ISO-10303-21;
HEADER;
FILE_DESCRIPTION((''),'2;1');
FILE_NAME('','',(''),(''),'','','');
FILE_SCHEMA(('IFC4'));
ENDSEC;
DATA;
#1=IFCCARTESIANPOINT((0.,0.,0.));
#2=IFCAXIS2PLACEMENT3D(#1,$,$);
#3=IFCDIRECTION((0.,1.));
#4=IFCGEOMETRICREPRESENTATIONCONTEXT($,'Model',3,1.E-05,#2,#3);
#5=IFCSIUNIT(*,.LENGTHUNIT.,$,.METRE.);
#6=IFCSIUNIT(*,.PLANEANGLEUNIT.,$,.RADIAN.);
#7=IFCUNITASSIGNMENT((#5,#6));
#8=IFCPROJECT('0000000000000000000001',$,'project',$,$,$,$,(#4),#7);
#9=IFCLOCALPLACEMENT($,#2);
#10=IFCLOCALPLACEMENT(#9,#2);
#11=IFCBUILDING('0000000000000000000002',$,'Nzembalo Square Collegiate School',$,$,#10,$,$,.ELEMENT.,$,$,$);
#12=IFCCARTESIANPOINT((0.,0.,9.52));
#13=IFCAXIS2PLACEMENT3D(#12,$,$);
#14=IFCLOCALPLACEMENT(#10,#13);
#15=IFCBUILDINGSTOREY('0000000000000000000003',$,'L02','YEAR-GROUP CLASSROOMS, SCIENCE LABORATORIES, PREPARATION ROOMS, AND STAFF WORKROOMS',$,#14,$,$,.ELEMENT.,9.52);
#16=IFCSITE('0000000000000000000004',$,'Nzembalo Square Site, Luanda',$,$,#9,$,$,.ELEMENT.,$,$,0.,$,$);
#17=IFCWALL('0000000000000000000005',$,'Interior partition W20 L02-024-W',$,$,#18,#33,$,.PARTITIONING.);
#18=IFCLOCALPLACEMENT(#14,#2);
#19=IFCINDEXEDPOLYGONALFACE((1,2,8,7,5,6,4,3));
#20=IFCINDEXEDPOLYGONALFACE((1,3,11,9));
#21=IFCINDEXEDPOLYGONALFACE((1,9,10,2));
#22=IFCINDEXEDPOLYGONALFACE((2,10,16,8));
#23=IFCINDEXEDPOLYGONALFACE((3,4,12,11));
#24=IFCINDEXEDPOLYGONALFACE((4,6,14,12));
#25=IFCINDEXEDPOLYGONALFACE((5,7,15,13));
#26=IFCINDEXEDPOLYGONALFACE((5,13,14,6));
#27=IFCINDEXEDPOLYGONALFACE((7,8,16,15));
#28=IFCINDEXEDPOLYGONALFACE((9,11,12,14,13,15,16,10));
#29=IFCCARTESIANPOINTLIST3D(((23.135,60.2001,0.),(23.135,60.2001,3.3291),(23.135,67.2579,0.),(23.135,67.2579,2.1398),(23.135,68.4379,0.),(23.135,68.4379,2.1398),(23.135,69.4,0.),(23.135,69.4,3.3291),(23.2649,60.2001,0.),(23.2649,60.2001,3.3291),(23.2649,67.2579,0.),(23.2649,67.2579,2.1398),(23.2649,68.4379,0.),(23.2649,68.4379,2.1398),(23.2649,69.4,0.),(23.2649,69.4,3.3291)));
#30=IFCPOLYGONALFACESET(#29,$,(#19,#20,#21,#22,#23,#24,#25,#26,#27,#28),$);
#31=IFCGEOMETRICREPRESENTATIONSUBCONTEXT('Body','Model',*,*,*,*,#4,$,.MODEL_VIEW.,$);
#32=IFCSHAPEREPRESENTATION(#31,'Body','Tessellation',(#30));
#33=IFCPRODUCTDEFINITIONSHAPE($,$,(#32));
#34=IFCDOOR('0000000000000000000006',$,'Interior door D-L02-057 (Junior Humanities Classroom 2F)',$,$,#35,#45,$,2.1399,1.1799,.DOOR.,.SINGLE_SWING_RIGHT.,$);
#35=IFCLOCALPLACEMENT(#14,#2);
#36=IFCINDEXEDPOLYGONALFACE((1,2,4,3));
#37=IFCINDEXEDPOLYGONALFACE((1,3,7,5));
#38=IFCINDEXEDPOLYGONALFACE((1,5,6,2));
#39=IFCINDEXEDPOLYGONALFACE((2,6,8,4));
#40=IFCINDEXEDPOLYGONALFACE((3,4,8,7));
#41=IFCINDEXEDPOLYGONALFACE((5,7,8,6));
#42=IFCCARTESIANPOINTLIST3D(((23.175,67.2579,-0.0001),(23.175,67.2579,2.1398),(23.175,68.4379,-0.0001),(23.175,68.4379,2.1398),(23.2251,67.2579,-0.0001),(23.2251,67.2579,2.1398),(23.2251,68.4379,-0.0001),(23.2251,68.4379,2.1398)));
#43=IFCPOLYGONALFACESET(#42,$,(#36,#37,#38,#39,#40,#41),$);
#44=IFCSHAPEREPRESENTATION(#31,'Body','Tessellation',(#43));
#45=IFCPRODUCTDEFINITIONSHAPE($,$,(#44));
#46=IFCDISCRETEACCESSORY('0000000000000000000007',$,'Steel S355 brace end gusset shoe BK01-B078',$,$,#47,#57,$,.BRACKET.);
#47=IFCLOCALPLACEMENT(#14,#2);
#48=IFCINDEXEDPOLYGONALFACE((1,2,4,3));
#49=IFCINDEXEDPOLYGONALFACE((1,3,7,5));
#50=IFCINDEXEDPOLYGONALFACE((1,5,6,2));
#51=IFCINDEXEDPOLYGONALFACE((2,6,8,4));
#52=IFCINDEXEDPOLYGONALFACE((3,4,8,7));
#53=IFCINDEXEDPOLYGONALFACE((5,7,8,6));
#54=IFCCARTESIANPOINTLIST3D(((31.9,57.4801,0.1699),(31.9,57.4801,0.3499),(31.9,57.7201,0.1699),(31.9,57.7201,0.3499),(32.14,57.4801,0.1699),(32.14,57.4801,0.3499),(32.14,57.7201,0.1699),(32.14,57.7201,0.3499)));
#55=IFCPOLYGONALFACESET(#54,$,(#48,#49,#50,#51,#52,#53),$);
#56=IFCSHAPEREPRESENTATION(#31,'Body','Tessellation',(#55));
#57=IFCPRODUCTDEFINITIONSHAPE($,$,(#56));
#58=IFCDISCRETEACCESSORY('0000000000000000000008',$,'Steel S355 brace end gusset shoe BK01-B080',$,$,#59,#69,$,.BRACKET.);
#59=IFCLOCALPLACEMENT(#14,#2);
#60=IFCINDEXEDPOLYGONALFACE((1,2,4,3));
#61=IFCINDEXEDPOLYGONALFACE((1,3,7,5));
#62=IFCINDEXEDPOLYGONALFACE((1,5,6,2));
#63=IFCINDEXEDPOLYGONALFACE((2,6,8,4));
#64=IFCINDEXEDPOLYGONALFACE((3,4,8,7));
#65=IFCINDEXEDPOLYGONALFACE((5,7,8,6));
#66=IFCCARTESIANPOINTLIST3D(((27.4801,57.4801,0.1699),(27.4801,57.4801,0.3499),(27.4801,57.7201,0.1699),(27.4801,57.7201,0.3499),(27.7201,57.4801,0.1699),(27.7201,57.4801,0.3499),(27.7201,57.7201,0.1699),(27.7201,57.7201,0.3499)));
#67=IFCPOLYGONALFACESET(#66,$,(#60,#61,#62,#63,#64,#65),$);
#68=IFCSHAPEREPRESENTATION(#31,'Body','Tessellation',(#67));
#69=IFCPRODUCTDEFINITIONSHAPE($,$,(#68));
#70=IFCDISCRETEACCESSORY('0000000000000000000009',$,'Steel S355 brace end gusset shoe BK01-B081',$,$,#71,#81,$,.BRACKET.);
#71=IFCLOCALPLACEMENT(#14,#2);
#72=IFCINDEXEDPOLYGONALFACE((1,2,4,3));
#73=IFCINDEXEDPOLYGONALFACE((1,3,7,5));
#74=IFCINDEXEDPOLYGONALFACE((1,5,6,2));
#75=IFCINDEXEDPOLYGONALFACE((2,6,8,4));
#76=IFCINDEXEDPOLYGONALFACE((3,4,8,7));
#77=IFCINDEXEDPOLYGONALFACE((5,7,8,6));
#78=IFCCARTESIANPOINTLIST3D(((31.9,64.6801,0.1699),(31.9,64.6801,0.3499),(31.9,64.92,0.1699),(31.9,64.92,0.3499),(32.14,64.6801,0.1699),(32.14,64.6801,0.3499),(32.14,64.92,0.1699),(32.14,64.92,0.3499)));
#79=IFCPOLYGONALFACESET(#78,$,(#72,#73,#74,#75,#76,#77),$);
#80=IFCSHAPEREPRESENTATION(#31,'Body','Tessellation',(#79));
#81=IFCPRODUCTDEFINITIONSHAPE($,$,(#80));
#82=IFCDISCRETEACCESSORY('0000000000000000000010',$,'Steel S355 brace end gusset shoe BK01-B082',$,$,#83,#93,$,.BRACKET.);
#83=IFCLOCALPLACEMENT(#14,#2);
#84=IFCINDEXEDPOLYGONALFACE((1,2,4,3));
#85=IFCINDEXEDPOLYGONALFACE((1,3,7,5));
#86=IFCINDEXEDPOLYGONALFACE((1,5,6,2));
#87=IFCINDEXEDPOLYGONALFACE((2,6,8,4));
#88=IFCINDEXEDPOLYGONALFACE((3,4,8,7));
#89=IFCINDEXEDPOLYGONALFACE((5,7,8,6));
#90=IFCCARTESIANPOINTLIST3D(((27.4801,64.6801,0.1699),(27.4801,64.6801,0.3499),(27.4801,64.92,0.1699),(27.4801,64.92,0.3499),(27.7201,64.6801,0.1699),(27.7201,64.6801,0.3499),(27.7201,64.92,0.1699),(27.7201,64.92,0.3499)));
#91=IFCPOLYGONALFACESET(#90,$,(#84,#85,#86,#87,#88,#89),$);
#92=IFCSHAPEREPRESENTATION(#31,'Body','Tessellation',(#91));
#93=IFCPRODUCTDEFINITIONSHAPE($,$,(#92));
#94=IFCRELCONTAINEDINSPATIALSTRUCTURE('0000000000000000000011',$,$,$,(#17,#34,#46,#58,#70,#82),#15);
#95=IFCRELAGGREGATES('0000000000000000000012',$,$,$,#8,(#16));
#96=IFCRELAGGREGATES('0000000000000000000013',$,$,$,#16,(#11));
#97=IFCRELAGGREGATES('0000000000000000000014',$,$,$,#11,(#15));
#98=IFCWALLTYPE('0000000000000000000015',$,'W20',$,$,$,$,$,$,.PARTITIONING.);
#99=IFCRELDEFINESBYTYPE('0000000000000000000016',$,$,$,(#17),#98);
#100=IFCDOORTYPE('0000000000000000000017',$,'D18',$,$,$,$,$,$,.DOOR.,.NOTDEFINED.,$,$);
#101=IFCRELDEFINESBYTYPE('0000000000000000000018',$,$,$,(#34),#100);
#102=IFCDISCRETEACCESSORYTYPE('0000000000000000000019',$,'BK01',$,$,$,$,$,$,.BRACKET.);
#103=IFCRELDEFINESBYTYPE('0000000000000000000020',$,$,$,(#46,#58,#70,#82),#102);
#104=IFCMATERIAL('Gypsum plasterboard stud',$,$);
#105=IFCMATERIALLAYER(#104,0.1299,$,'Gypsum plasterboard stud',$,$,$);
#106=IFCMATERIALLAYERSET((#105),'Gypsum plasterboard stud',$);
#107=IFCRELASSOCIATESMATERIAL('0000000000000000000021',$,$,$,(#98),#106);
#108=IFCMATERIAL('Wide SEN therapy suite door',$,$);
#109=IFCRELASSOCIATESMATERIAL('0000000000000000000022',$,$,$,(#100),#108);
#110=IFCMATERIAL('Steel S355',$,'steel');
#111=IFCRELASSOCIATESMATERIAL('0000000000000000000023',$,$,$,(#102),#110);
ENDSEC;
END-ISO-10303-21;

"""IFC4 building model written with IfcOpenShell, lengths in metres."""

from ifc_helpers import new_model, si_unit, direction, frame, frame_2d, origin, origin_2d, place, context, subcontext, project, spatial, rectangle, extrude, material, layer, layer_set, type_object, element, fill, save


model = new_model("IFC4")

# Units and contexts
model_context = context("Model", 3, precision=1e-05, world=origin(), true_north=direction((0.0, 1.0)))
body_context = subcontext(model_context, "Body", "Model", "MODEL_VIEW")
ifc_project = project(units=[si_unit("LENGTHUNIT", "METRE"), si_unit("PLANEANGLEUNIT", "RADIAN")], contexts=[model_context])

# Site, building, storey
site_placement = place(None, origin())
site = spatial("IfcSite", under=ifc_project, at=site_placement, Name="Nzembalo Square Site, Luanda", CompositionType="ELEMENT", RefElevation=0.0)
building_placement = place(site_placement, origin())
building = spatial("IfcBuilding", under=site, at=building_placement, Name="Nzembalo Square Collegiate School", CompositionType="ELEMENT")
storey_placement = place(building_placement, frame((0.0, 0.0, 9.52)))
storey = spatial("IfcBuildingStorey", under=building, at=storey_placement, Name="L02", Description="YEAR-GROUP CLASSROOMS, SCIENCE LABORATORIES, PREPARATION ROOMS, AND STAFF WORKROOMS", CompositionType="ELEMENT", Elevation=9.52)

# Wall, opening, door
ifc_material_1 = material(Name="Gypsum plasterboard stud")
ifc_layer_1 = layer(ifc_material_1, 0.1299, Name="Gypsum plasterboard stud")
ifc_layer_set_1 = layer_set([ifc_layer_1], Name="Gypsum plasterboard stud")
wall_type = type_object("IfcWallType", Name="W20", PredefinedType="PARTITIONING", material=ifc_layer_set_1)
wall_placement = place(storey_placement, frame((23.2, 60.2, 0.0), z_axis=(0.0, 0.0, 1.0), x_axis=(0.0, 1.0, 0.0)))
wall = element("IfcWall", 1, at=wall_placement, inside=storey, type_object=wall_type, Name="Interior partition W20 L02-024-W", PredefinedType="PARTITIONING", context=body_context, shape_type="SweptSolid", body=[
    extrude(rectangle(XDim=9.2, YDim=0.1299, at=frame_2d((4.6001, 0.0))), origin(), (0.0, 0.0, 1.0), 3.3291),
])
opening_placement = place(wall_placement, frame((7.0581, 0.0, 0.0)))
opening = element("IfcOpeningElement", 2, at=opening_placement, cuts=wall, PredefinedType="OPENING", context=body_context, shape_type="SweptSolid", body=[
    extrude(rectangle(XDim=1.1799, YDim=2.1399, at=frame_2d((0.5898, 1.0698))), frame((0.0, 0.075, 0.0), z_axis=(0.0, -1.0, 0.0), x_axis=(1.0, 0.0, 0.0)), (0.0, 0.0, 1.0), 0.1499),
])
ifc_material_2 = material(Name="Wide SEN therapy suite door")
door_type = type_object("IfcDoorType", Name="D18", OperationType="NOTDEFINED", PredefinedType="DOOR", material=ifc_material_2)
door_placement = place(opening_placement, origin())
door = element("IfcDoor", 3, at=door_placement, inside=storey, type_object=door_type, Name="Interior door D-L02-057 (Junior Humanities Classroom 2F)", OperationType="SINGLE_SWING_RIGHT", OverallHeight=2.1399, OverallWidth=1.1799, PredefinedType="DOOR", context=body_context, shape_type="SweptSolid", body=[
    extrude(rectangle(XDim=1.1799, YDim=2.1399, at=frame_2d((0.5898, 1.0698))), frame((0.0, 0.0249, 0.0), z_axis=(0.0, -1.0, 0.0), x_axis=(1.0, 0.0, 0.0)), (0.0, 0.0, 1.0), 0.05),
])
fill(opening, door)

# Discrete accessories
ifc_material_3 = material(Name="Steel S355", Category="steel")
discrete_accessory_type = type_object("IfcDiscreteAccessoryType", Name="BK01", PredefinedType="BRACKET", material=ifc_material_3)
for number, where, z_axis, x_axis, name in (
    (4, (32.02, 57.6001, 0.1699), (0.0, 0.0, 1.0), (1.0, 0.0, 0.0), "Steel S355 brace end gusset shoe BK01-B078"),
    (5, (27.6001, 57.6001, 0.1699), (0.0, 0.0, 1.0), (1.0, 0.0, 0.0), "Steel S355 brace end gusset shoe BK01-B080"),
    (6, (32.02, 64.8, 0.1699), (0.0, 0.0, 1.0), (1.0, 0.0, 0.0), "Steel S355 brace end gusset shoe BK01-B081"),
    (7, (27.6001, 64.8, 0.1699), (0.0, 0.0, 1.0), (1.0, 0.0, 0.0), "Steel S355 brace end gusset shoe BK01-B082"),
):
    element("IfcDiscreteAccessory", number, at=place(storey_placement, frame(where, z_axis=z_axis, x_axis=x_axis)), inside=storey, type_object=discrete_accessory_type, Name=name, PredefinedType="BRACKET", context=body_context, shape_type="SweptSolid", body=[
        extrude(rectangle(XDim=0.24, YDim=0.24, at=origin_2d()), origin(), (0.0, 0.0, 1.0), 0.1799),
    ])

save(model, "model.ifc")
